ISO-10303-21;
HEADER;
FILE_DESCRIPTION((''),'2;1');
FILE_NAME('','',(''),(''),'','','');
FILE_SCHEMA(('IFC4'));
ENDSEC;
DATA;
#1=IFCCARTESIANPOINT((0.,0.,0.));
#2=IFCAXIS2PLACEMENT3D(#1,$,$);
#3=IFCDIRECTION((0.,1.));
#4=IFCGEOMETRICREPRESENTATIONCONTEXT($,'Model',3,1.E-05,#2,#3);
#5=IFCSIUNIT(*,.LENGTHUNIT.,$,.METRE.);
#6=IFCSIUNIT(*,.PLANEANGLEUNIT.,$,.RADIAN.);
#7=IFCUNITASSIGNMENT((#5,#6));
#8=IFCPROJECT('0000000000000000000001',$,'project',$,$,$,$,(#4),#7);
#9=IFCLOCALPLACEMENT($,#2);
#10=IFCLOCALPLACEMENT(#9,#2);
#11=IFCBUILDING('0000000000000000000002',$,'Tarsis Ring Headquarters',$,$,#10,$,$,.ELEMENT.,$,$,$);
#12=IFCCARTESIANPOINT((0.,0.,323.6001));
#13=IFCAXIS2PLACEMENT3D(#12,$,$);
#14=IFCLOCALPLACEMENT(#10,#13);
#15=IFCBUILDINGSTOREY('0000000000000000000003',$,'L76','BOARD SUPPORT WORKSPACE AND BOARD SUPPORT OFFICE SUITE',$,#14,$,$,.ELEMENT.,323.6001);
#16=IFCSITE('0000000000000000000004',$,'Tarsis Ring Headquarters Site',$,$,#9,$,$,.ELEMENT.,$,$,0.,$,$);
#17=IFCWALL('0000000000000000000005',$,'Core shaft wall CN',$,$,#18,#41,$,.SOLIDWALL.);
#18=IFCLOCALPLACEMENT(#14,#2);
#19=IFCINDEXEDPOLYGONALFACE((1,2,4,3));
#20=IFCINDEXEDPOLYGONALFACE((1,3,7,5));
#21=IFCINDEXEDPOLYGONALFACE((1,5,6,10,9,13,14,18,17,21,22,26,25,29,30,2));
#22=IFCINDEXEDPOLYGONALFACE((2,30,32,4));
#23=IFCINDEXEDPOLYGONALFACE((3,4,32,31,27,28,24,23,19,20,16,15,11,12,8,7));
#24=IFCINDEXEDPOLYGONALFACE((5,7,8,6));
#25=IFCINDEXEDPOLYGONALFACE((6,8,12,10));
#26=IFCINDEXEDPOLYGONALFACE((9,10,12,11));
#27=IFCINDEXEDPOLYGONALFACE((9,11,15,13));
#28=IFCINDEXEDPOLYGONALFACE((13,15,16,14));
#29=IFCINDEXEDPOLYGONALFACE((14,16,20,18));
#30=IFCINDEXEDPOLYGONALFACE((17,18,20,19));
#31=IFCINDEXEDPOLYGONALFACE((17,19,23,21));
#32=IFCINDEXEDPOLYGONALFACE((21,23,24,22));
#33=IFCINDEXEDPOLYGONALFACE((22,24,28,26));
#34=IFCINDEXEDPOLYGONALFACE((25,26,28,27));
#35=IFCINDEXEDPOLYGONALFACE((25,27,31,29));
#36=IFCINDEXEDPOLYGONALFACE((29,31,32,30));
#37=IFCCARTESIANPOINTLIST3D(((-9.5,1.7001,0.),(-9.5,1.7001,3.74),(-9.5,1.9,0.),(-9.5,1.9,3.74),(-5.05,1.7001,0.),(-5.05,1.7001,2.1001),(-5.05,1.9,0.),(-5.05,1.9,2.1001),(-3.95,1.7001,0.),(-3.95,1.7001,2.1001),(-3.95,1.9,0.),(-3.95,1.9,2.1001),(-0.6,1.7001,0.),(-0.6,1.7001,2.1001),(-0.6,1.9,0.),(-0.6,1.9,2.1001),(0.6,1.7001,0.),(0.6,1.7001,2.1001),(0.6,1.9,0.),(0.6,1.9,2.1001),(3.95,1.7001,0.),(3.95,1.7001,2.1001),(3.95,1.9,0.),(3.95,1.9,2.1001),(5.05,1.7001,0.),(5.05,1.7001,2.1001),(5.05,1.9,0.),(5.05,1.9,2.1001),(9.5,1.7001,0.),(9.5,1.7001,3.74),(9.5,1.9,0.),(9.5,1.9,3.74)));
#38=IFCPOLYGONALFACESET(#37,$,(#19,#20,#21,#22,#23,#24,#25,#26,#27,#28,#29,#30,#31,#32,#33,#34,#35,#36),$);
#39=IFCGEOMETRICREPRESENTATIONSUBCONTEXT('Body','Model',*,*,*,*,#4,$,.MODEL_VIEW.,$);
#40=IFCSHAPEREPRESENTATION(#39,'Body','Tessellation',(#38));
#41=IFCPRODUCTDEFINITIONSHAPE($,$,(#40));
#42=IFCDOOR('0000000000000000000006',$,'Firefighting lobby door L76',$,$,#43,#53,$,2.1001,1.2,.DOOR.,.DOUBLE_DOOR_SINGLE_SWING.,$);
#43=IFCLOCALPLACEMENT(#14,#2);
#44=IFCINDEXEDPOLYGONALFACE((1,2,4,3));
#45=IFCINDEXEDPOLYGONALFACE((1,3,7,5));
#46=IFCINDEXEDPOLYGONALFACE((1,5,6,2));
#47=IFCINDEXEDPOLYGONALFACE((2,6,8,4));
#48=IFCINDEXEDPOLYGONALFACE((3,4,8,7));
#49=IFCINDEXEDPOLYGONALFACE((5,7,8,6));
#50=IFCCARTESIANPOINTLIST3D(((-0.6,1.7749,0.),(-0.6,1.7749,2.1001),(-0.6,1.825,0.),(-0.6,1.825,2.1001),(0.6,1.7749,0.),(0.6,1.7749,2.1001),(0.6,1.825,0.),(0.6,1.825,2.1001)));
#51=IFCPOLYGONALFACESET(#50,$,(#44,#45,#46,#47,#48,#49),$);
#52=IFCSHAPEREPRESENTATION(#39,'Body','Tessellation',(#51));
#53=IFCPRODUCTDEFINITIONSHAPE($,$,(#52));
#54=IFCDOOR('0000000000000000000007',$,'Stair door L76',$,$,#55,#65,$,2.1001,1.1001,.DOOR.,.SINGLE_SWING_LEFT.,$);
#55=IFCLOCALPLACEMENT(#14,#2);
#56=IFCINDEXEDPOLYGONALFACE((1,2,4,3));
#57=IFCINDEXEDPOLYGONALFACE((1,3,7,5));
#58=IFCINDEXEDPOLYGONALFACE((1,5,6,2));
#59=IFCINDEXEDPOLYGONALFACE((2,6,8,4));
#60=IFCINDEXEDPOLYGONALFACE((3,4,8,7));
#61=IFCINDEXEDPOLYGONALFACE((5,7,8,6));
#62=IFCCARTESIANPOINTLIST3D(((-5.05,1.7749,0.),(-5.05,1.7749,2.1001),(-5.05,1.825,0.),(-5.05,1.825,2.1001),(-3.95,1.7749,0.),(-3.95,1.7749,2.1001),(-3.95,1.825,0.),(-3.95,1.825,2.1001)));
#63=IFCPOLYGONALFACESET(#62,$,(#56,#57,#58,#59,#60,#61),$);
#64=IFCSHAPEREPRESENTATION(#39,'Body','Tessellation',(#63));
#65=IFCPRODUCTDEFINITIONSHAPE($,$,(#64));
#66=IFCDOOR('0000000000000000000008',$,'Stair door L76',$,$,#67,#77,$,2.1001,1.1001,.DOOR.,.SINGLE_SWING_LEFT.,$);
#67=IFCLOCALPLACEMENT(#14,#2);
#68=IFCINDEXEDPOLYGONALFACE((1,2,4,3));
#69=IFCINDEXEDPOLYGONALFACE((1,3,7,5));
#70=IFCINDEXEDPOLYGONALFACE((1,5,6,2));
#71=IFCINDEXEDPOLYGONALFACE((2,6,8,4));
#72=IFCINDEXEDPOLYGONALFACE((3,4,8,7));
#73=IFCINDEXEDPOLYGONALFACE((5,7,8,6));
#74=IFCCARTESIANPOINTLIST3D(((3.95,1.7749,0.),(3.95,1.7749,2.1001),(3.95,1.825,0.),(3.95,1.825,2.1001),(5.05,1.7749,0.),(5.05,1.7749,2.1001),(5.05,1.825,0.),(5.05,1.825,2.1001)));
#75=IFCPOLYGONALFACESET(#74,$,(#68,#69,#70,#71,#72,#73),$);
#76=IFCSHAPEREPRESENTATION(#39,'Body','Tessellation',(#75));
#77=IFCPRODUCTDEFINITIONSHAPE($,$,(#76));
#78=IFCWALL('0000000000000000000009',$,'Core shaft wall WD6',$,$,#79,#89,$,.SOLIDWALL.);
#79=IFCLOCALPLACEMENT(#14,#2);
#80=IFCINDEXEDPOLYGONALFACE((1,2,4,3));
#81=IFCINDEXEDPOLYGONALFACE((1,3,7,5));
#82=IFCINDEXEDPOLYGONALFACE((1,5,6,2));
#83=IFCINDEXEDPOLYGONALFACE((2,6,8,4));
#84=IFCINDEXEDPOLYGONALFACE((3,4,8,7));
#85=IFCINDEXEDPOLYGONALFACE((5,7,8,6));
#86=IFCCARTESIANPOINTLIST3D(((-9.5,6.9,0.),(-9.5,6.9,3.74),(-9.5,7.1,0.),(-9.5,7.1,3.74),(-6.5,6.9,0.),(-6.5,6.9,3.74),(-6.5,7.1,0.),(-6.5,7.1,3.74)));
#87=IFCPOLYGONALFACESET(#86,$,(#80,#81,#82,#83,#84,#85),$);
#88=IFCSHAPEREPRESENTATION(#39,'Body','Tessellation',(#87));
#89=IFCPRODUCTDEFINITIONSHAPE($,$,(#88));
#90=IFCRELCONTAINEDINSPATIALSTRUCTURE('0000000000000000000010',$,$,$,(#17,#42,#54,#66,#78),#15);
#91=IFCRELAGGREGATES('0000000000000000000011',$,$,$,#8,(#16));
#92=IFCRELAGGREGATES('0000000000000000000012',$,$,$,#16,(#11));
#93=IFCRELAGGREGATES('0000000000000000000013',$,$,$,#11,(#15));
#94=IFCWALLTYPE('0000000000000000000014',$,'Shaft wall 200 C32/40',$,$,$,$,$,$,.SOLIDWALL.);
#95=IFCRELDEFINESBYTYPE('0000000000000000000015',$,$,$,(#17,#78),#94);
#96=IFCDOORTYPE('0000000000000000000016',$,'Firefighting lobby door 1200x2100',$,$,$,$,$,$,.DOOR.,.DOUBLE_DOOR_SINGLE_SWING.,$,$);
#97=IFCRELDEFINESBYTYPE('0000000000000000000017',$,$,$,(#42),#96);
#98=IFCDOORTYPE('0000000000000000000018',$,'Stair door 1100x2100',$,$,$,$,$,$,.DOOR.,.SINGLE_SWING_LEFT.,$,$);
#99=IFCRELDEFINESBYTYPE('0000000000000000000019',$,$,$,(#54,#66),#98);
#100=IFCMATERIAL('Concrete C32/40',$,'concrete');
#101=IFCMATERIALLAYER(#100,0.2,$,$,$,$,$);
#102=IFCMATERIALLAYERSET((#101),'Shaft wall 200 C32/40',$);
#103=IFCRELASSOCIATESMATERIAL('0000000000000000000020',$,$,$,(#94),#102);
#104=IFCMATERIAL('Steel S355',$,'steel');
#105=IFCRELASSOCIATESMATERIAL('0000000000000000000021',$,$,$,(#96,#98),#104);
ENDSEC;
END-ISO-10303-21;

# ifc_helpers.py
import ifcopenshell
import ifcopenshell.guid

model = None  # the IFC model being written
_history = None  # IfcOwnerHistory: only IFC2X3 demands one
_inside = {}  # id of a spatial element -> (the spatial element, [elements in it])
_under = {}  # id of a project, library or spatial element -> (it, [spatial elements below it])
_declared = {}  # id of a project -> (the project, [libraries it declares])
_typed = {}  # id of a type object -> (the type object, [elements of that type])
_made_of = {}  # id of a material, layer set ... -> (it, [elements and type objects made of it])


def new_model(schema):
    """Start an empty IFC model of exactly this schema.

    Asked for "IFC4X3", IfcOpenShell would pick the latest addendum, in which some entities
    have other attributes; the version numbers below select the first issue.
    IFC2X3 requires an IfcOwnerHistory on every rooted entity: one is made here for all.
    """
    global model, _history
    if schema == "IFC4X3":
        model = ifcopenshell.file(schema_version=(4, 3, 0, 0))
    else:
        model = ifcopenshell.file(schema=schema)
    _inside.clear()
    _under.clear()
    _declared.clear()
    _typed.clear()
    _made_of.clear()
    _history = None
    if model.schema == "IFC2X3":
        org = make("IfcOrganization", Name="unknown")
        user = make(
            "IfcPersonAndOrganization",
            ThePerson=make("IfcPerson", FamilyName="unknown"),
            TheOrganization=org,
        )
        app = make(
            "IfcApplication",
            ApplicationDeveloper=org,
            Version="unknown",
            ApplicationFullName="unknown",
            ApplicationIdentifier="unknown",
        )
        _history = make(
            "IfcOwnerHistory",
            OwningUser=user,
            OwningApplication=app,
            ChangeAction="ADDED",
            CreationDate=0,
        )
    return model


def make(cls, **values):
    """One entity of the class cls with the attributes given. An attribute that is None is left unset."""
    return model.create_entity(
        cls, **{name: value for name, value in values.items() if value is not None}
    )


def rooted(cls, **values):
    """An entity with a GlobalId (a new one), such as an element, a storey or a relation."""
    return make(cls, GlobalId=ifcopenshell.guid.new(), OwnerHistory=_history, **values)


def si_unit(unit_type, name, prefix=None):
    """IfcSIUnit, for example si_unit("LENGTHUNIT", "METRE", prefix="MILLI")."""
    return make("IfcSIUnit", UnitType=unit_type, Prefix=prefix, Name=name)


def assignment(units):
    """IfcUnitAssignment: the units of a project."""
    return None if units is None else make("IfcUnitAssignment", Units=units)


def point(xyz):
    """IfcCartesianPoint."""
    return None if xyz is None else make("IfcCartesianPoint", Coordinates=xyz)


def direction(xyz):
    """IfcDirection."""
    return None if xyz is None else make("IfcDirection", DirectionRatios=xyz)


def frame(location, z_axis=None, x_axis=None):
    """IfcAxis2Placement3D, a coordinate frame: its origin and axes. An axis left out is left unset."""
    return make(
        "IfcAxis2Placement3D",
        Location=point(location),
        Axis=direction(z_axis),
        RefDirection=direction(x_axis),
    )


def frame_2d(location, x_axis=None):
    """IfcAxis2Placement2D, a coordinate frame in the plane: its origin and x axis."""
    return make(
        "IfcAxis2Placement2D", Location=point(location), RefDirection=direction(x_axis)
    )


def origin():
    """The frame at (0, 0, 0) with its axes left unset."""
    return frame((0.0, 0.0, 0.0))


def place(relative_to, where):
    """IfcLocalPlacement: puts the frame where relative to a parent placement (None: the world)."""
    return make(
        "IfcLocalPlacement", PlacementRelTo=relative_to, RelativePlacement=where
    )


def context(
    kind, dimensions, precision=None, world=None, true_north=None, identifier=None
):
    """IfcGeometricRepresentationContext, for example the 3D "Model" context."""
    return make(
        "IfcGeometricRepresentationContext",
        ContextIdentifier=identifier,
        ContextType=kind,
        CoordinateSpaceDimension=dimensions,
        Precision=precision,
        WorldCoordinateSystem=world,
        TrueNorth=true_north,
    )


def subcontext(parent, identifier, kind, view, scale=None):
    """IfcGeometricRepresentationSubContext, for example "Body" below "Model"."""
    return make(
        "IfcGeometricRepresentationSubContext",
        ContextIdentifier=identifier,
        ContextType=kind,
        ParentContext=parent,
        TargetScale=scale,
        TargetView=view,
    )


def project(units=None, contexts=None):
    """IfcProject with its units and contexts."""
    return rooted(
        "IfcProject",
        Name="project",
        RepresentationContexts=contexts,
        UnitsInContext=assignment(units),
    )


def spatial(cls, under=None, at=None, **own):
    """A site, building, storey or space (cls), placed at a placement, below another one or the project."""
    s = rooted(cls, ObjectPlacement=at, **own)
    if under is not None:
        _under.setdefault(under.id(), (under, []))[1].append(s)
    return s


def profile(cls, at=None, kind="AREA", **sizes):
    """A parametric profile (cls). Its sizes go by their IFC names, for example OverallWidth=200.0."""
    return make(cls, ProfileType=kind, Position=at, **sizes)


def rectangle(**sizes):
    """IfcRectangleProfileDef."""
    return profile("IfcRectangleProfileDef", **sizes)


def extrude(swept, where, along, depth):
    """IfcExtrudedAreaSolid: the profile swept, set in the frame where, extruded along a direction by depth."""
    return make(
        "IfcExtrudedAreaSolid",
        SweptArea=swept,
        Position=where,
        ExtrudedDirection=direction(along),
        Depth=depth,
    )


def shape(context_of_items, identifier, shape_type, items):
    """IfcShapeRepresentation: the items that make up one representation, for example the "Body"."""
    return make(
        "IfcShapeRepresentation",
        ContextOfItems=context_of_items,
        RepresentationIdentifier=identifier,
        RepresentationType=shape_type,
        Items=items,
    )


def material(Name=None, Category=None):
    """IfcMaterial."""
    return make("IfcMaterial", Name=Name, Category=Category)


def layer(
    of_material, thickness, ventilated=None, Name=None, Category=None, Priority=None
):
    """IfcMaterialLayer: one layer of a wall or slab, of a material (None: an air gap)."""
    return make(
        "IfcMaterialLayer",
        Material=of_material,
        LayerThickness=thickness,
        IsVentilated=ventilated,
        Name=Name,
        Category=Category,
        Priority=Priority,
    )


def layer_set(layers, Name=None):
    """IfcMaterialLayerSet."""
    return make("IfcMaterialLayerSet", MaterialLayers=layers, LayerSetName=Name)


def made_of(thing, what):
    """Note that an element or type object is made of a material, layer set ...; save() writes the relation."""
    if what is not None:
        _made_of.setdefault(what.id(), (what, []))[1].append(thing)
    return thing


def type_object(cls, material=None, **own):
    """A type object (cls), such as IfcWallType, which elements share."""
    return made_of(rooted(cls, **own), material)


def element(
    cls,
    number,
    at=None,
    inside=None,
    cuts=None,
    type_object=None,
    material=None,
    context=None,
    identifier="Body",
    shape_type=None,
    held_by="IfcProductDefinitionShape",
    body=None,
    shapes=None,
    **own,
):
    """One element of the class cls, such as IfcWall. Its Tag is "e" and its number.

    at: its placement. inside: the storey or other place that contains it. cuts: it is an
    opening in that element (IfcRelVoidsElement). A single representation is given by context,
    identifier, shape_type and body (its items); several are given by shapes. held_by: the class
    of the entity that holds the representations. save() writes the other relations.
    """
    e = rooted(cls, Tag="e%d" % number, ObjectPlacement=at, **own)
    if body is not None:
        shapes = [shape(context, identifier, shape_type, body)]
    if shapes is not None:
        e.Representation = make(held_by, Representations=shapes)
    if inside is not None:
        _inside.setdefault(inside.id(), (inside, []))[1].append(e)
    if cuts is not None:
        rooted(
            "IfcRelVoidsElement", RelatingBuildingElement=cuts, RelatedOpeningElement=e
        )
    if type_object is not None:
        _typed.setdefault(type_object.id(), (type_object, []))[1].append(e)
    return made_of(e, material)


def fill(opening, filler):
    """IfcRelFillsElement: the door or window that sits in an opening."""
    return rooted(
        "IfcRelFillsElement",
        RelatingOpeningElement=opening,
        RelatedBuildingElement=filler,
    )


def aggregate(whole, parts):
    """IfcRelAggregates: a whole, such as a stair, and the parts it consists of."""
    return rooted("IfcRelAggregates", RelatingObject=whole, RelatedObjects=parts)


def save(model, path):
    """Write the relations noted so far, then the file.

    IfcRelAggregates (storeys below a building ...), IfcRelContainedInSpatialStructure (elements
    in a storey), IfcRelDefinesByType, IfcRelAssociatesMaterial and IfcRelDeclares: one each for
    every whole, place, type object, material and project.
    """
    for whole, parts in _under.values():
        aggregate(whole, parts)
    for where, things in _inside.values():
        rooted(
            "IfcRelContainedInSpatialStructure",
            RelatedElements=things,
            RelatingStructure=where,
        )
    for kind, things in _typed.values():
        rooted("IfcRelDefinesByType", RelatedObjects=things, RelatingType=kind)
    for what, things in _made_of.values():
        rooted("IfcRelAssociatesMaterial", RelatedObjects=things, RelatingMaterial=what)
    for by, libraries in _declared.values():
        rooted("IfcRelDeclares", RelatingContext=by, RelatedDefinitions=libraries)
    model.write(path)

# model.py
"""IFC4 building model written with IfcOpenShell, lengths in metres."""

from ifc_helpers import new_model, si_unit, direction, frame, frame_2d, origin, place, context, subcontext, project, spatial, rectangle, extrude, material, layer, layer_set, type_object, element, fill, save


model = new_model("IFC4")

# Units and contexts
model_context = context("Model", 3, precision=1e-05, world=origin(), true_north=direction((0.0, 1.0)))
body_context = subcontext(model_context, "Body", "Model", "MODEL_VIEW")
ifc_project = project(units=[si_unit("LENGTHUNIT", "METRE"), si_unit("PLANEANGLEUNIT", "RADIAN")], contexts=[model_context])

# Site, building, storey
site_placement = place(None, origin())
site = spatial("IfcSite", under=ifc_project, at=site_placement, Name="Tarsis Ring Headquarters Site", CompositionType="ELEMENT", RefElevation=0.0)
building_placement = place(site_placement, origin())
building = spatial("IfcBuilding", under=site, at=building_placement, Name="Tarsis Ring Headquarters", CompositionType="ELEMENT")
storey_placement = place(building_placement, frame((0.0, 0.0, 323.6001)))
storey = spatial("IfcBuildingStorey", under=building, at=storey_placement, Name="L76", Description="BOARD SUPPORT WORKSPACE AND BOARD SUPPORT OFFICE SUITE", CompositionType="ELEMENT", Elevation=323.6001)

# Shared definitions
ifc_material_1 = material(Name="Steel S355", Category="steel")

# Wall, openings, doors
ifc_material_2 = material(Name="Concrete C32/40", Category="concrete")
ifc_layer_1 = layer(ifc_material_2, 0.2)
ifc_layer_set_1 = layer_set([ifc_layer_1], Name="Shaft wall 200 C32/40")
wall_type_1 = type_object("IfcWallType", Name="Shaft wall 200 C32/40", PredefinedType="SOLIDWALL", material=ifc_layer_set_1)
wall_1_placement = place(storey_placement, frame((-9.5, 1.8, 0.0), z_axis=(0.0, 0.0, 1.0), x_axis=(1.0, 0.0, 0.0)))
wall_1 = element("IfcWall", 1, at=wall_1_placement, inside=storey, type_object=wall_type_1, Name="Core shaft wall CN", PredefinedType="SOLIDWALL", context=body_context, shape_type="SweptSolid", body=[
    extrude(rectangle(XDim=19.0, YDim=0.2, at=frame_2d((9.5, 0.0))), origin(), (0.0, 0.0, 1.0), 3.74),
])
opening_1_placement = place(wall_1_placement, frame((4.45, 0.0, 0.0)))
opening_1 = element("IfcOpeningElement", 2, at=opening_1_placement, cuts=wall_1, PredefinedType="OPENING", context=body_context, shape_type="SweptSolid", body=[
    extrude(rectangle(XDim=1.1001, YDim=2.1001, at=frame_2d((0.55, 1.05))), frame((0.0, 0.1099, 0.0), z_axis=(0.0, -1.0, 0.0), x_axis=(1.0, 0.0, 0.0)), (0.0, 0.0, 1.0), 0.22),
])
opening_2_placement = place(wall_1_placement, frame((8.8999, 0.0, 0.0)))
opening_2 = element("IfcOpeningElement", 3, at=opening_2_placement, cuts=wall_1, PredefinedType="OPENING", context=body_context, shape_type="SweptSolid", body=[
    extrude(rectangle(XDim=1.2, YDim=2.1001, at=frame_2d((0.6001, 1.05))), frame((0.0, 0.1099, 0.0), z_axis=(0.0, -1.0, 0.0), x_axis=(1.0, 0.0, 0.0)), (0.0, 0.0, 1.0), 0.22),
])
opening_3_placement = place(wall_1_placement, frame((13.45, 0.0, 0.0)))
opening_3 = element("IfcOpeningElement", 4, at=opening_3_placement, cuts=wall_1, PredefinedType="OPENING", context=body_context, shape_type="SweptSolid", body=[
    extrude(rectangle(XDim=1.1001, YDim=2.1001, at=frame_2d((0.55, 1.05))), frame((0.0, 0.1099, 0.0), z_axis=(0.0, -1.0, 0.0), x_axis=(1.0, 0.0, 0.0)), (0.0, 0.0, 1.0), 0.22),
])
door_type_1 = type_object("IfcDoorType", Name="Firefighting lobby door 1200x2100", OperationType="DOUBLE_DOOR_SINGLE_SWING", PredefinedType="DOOR", material=ifc_material_1)
door_1_placement = place(opening_2_placement, origin())
door_1 = element("IfcDoor", 5, at=door_1_placement, inside=storey, type_object=door_type_1, Name="Firefighting lobby door L76", OperationType="DOUBLE_DOOR_SINGLE_SWING", OverallHeight=2.1001, OverallWidth=1.2, PredefinedType="DOOR", context=body_context, shape_type="SweptSolid", body=[
    extrude(rectangle(XDim=1.2, YDim=2.1001, at=frame_2d((0.6001, 1.05))), frame((0.0, 0.0249, 0.0), z_axis=(0.0, -1.0, 0.0), x_axis=(1.0, 0.0, 0.0)), (0.0, 0.0, 1.0), 0.05),
])
fill(opening_2, door_1)
door_type_2 = type_object("IfcDoorType", Name="Stair door 1100x2100", OperationType="SINGLE_SWING_LEFT", PredefinedType="DOOR", material=ifc_material_1)
door_2_placement = place(opening_1_placement, origin())
door_2 = element("IfcDoor", 6, at=door_2_placement, inside=storey, type_object=door_type_2, Name="Stair door L76", OperationType="SINGLE_SWING_LEFT", OverallHeight=2.1001, OverallWidth=1.1001, PredefinedType="DOOR", context=body_context, shape_type="SweptSolid", body=[
    extrude(rectangle(XDim=1.1001, YDim=2.1001, at=frame_2d((0.55, 1.05))), frame((0.0, 0.0249, 0.0), z_axis=(0.0, -1.0, 0.0), x_axis=(1.0, 0.0, 0.0)), (0.0, 0.0, 1.0), 0.05),
])
fill(opening_1, door_2)
door_3_placement = place(opening_3_placement, origin())
door_3 = element("IfcDoor", 7, at=door_3_placement, inside=storey, type_object=door_type_2, Name="Stair door L76", OperationType="SINGLE_SWING_LEFT", OverallHeight=2.1001, OverallWidth=1.1001, PredefinedType="DOOR", context=body_context, shape_type="SweptSolid", body=[
    extrude(rectangle(XDim=1.1001, YDim=2.1001, at=frame_2d((0.55, 1.05))), frame((0.0, 0.0249, 0.0), z_axis=(0.0, -1.0, 0.0), x_axis=(1.0, 0.0, 0.0)), (0.0, 0.0, 1.0), 0.05),
])
fill(opening_3, door_3)

# Wall
wall_2_placement = place(storey_placement, frame((-9.5, 7.0, 0.0), z_axis=(0.0, 0.0, 1.0), x_axis=(1.0, 0.0, 0.0)))
element("IfcWall", 8, at=wall_2_placement, inside=storey, type_object=wall_type_1, Name="Core shaft wall WD6", PredefinedType="SOLIDWALL", context=body_context, shape_type="SweptSolid", body=[
    extrude(rectangle(XDim=3.0, YDim=0.2, at=frame_2d((1.5, 0.0))), origin(), (0.0, 0.0, 1.0), 3.74),
])

save(model, "model.ifc")
